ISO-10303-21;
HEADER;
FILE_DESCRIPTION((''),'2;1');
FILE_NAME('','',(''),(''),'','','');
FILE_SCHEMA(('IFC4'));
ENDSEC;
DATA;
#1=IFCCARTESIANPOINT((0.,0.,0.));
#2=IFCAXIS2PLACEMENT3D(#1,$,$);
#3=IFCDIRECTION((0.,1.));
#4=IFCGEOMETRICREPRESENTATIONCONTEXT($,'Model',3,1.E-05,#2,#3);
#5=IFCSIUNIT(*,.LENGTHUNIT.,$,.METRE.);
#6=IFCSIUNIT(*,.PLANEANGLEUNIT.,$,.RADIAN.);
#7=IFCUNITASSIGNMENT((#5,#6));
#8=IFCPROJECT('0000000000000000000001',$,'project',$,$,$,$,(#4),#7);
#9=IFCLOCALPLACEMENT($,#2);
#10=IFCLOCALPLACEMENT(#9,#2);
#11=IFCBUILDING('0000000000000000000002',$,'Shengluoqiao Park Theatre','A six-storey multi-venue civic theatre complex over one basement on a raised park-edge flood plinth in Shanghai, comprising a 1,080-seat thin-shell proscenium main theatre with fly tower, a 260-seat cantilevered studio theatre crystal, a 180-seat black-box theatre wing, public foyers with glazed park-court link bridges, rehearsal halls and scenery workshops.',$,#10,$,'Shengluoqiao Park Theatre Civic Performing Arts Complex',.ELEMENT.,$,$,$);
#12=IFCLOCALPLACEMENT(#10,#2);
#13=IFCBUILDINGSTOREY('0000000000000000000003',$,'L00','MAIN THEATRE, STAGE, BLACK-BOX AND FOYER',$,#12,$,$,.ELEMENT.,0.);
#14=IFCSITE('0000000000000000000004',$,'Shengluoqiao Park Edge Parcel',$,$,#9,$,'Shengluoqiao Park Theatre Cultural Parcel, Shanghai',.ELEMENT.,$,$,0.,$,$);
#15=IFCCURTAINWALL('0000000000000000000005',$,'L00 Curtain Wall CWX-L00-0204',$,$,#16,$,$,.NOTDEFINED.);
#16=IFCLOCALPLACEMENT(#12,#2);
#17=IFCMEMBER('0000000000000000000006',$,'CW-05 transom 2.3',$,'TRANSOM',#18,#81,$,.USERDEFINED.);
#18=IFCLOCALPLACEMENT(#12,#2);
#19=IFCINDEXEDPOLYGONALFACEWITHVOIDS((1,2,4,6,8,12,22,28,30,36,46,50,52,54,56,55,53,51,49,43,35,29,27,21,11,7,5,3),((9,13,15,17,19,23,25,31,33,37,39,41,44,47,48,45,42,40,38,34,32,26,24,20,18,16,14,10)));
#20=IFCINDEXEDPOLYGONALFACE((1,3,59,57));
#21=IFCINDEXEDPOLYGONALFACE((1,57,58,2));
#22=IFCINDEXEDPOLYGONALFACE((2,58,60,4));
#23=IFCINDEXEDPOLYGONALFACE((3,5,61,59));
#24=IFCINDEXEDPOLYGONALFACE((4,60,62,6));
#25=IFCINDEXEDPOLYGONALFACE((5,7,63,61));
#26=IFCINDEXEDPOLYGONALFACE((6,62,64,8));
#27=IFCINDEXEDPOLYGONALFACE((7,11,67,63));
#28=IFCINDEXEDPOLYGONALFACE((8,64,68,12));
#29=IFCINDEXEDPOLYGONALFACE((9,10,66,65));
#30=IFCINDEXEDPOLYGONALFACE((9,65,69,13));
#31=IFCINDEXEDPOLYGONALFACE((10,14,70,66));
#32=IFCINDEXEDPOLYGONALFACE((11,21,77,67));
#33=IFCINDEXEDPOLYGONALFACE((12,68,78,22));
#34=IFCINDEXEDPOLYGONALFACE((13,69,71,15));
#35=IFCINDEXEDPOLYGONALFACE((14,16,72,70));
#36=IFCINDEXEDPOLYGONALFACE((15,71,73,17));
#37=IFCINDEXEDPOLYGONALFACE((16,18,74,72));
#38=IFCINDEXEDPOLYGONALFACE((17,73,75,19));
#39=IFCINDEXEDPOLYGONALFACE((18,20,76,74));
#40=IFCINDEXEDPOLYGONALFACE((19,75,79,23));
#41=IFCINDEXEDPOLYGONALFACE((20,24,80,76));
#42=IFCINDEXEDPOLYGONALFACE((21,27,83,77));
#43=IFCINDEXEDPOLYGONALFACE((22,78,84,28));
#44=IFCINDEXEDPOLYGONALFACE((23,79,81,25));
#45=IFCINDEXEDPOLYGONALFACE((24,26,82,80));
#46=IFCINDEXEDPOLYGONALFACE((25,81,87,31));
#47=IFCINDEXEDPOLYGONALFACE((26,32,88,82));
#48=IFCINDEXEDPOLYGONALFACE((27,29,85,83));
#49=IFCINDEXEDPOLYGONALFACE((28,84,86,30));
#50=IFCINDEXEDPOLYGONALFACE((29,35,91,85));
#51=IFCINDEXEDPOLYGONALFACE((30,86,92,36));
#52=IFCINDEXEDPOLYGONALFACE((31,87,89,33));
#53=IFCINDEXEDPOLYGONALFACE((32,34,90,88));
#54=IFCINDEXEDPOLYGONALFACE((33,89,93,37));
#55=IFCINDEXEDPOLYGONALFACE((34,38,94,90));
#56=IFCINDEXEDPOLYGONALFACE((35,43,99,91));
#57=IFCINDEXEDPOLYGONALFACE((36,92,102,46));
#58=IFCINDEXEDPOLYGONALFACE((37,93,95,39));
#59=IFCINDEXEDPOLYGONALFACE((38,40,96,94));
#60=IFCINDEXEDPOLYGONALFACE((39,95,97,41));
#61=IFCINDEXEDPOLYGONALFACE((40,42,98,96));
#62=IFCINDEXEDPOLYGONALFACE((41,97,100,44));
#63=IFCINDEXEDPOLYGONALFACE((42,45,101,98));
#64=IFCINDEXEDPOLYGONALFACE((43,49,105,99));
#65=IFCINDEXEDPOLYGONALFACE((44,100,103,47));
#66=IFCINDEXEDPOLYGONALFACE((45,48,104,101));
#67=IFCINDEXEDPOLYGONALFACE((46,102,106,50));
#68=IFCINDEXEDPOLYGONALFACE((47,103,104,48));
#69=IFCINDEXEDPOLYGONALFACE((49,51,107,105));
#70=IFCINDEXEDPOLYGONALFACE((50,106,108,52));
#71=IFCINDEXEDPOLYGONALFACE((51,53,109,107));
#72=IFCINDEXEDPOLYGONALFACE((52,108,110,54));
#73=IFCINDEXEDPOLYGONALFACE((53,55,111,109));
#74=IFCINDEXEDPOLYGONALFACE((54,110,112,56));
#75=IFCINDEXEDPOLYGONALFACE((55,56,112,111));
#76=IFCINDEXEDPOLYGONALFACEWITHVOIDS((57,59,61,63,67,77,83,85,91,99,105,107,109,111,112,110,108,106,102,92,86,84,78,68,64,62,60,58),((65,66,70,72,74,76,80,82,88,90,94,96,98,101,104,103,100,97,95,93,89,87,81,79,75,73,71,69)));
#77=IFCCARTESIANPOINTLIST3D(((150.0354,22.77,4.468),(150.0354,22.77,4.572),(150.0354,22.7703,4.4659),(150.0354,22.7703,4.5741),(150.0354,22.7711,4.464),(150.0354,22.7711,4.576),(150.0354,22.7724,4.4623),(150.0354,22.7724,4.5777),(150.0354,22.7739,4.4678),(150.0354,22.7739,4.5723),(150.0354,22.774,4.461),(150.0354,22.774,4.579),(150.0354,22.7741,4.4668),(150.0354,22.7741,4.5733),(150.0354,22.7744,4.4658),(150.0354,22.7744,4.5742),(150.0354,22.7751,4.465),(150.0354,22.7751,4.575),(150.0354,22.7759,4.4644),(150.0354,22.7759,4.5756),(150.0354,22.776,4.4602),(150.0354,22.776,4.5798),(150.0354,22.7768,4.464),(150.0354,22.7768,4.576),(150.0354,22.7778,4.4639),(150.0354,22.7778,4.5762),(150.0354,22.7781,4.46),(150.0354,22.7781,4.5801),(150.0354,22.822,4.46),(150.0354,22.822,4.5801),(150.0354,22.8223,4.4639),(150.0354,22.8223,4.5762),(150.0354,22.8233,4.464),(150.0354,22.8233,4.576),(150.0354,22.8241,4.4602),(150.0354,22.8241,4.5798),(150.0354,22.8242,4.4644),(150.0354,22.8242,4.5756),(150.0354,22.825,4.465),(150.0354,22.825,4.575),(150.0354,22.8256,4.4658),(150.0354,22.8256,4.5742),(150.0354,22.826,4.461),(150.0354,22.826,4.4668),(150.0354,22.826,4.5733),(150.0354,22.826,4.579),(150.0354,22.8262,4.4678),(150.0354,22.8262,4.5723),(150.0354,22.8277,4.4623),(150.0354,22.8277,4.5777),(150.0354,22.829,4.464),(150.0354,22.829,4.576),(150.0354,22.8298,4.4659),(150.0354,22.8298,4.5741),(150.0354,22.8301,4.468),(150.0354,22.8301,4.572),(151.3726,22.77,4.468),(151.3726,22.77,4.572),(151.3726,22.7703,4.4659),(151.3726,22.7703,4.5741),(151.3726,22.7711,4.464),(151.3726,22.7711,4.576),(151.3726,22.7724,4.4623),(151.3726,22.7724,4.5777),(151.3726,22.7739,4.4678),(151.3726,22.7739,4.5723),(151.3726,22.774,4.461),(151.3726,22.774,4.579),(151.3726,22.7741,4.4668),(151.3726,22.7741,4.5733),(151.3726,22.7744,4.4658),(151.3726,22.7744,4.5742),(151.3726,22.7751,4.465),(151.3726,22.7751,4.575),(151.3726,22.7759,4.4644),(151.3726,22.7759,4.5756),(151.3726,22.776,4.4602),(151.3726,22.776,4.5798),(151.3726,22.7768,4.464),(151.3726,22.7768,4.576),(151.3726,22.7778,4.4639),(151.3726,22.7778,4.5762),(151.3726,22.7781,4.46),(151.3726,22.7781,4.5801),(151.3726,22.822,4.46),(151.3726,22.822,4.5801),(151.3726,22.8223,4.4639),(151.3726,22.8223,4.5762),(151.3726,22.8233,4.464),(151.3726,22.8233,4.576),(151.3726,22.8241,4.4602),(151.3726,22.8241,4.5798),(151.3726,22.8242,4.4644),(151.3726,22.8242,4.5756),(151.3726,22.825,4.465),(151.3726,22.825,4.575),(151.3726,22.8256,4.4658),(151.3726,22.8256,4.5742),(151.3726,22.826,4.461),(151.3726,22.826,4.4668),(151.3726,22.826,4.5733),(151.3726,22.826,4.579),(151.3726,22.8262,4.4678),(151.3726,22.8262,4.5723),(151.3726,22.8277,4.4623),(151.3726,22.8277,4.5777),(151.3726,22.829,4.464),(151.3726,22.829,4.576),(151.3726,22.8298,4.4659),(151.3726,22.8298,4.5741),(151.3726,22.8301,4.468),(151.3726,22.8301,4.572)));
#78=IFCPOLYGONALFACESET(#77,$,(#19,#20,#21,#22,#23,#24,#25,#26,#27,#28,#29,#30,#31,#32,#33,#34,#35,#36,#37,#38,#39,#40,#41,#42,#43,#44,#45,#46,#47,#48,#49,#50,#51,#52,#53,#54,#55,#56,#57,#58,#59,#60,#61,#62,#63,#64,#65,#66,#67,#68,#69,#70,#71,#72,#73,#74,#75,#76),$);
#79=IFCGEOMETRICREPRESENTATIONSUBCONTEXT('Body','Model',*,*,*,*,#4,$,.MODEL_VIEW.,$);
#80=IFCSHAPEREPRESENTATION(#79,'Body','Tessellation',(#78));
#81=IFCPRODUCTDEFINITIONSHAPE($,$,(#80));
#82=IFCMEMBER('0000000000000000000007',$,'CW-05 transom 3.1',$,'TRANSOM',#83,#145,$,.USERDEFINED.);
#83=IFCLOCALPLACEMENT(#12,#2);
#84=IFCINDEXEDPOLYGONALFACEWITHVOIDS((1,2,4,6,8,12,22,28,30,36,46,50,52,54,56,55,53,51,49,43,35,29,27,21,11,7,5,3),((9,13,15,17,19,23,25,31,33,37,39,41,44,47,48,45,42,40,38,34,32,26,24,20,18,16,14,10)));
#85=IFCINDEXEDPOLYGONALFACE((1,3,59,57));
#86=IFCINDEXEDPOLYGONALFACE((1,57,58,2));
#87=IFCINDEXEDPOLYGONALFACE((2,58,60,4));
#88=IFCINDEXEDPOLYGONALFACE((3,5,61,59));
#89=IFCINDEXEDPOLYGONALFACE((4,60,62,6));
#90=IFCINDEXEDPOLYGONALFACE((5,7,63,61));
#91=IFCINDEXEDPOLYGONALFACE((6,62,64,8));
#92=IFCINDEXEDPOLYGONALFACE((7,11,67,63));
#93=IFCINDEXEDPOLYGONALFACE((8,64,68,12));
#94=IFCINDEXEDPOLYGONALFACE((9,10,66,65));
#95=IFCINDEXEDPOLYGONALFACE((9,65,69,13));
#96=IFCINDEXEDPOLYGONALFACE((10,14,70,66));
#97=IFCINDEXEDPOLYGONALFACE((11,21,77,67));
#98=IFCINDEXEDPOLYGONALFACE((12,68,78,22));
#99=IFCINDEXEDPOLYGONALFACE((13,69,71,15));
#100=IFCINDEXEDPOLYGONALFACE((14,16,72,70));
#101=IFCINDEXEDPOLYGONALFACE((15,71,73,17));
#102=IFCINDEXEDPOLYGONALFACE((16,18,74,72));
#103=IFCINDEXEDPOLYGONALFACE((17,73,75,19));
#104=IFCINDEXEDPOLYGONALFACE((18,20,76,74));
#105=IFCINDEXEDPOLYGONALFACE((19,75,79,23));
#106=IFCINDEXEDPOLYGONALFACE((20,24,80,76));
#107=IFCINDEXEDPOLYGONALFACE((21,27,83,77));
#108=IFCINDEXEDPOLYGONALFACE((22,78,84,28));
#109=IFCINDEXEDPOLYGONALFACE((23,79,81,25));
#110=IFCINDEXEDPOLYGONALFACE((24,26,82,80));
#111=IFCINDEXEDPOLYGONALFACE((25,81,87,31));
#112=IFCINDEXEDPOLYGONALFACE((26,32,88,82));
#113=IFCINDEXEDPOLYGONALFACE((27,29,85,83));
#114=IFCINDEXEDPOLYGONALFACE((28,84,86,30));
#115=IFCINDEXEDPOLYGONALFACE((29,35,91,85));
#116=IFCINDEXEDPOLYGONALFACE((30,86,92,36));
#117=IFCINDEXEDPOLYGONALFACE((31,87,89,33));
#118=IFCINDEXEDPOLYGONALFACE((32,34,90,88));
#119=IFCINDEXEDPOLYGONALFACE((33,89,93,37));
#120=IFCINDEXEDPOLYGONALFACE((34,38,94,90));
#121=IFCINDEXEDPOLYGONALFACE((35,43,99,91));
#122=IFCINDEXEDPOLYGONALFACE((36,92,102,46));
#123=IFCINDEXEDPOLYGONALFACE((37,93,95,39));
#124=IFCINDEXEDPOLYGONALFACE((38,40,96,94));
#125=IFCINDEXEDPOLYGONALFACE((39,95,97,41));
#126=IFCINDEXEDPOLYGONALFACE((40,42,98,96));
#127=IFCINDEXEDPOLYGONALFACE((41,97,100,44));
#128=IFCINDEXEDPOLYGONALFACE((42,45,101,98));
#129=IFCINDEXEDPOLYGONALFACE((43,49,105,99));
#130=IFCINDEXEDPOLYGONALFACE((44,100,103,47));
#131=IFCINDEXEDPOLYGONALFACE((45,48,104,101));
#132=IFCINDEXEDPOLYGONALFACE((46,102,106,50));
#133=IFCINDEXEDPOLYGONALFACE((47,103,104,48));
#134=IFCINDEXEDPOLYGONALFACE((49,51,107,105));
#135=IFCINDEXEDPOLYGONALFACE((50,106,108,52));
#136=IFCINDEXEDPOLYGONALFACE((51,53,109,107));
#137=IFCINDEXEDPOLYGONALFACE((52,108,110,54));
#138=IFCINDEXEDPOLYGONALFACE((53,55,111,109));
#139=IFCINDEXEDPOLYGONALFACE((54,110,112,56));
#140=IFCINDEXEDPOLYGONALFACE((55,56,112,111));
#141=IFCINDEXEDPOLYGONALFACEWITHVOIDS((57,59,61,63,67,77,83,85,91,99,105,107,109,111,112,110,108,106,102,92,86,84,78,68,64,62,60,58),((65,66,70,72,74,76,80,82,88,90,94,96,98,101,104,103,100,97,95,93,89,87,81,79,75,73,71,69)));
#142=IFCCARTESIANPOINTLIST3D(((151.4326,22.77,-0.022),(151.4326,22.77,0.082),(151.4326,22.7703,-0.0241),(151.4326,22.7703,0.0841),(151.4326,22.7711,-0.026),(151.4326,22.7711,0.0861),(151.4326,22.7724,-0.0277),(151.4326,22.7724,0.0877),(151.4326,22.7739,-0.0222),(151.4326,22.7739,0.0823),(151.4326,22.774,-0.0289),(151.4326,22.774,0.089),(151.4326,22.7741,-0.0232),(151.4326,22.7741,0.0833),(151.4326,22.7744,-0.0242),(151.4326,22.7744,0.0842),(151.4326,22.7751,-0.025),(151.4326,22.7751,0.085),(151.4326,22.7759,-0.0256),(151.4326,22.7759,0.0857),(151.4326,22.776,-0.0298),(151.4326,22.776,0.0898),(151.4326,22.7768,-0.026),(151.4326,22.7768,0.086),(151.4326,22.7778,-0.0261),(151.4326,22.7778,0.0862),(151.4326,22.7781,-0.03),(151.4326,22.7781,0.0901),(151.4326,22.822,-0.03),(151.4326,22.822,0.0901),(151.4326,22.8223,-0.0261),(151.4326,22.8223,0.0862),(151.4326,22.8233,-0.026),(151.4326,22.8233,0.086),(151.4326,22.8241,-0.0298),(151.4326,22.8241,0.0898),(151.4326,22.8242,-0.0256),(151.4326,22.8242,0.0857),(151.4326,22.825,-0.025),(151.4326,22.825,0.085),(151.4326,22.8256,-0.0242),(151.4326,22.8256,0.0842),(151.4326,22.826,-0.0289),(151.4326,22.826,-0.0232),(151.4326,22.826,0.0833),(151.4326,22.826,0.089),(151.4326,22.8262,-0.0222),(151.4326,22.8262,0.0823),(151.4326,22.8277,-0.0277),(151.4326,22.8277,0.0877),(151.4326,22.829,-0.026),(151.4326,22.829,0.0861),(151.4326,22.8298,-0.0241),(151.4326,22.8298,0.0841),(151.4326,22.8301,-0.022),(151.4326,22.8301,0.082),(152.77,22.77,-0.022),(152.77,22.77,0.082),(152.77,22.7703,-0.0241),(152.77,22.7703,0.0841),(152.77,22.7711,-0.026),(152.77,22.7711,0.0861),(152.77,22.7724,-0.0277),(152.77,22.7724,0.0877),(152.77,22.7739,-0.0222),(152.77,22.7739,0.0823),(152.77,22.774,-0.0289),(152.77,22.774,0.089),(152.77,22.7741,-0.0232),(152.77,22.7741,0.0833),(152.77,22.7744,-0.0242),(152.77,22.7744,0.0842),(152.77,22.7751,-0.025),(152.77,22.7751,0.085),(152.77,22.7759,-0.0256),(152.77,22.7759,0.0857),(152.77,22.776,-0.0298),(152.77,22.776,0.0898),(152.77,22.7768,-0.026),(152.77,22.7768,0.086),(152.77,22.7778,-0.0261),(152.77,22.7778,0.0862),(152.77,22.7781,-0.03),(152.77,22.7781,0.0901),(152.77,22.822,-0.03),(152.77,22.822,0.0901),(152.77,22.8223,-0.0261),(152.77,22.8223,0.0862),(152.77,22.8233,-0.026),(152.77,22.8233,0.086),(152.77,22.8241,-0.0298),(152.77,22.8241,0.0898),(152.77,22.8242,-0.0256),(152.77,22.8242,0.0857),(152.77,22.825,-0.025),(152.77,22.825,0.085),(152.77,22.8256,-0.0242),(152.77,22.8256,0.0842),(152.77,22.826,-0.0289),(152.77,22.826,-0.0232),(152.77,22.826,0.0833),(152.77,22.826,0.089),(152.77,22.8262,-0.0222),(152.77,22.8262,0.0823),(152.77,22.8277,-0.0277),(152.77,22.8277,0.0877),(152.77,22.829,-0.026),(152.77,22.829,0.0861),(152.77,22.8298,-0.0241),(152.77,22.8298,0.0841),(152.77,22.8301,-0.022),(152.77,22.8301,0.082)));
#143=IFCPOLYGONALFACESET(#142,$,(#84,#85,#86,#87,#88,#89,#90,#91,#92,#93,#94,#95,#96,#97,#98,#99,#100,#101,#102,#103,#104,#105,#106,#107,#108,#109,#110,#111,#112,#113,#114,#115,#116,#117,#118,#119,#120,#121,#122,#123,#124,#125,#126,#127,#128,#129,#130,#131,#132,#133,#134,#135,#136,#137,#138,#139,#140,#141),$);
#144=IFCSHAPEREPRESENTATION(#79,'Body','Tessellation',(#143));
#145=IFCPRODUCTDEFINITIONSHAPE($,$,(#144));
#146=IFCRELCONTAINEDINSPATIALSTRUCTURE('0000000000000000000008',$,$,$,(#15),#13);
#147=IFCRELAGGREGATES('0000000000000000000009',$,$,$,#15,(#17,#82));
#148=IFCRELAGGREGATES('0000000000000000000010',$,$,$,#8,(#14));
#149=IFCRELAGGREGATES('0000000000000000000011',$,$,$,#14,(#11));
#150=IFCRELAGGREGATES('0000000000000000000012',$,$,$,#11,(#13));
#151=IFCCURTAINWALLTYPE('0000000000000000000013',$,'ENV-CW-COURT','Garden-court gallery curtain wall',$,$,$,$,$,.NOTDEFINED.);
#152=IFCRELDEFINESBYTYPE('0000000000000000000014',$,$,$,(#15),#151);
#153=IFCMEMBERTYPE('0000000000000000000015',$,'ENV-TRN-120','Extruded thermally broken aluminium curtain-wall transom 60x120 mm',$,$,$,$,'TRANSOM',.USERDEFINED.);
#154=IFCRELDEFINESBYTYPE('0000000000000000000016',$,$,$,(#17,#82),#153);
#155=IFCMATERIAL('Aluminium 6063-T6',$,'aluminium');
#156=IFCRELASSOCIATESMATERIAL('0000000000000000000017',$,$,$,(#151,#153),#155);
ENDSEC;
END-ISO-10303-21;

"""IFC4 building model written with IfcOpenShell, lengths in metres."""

from ifc_helpers import new_model, si_unit, direction, frame, origin, origin_2d, place, context, subcontext, project, spatial, hollow_rectangle, extrude, material, material_profile, profile_set, type_object, element, aggregate, save


model = new_model("IFC4")

# Units and contexts
model_context = context("Model", 3, precision=1e-05, world=origin(), true_north=direction((0.0, 1.0)))
body_context = subcontext(model_context, "Body", "Model", "MODEL_VIEW")
ifc_project = project(units=[si_unit("LENGTHUNIT", "METRE"), si_unit("PLANEANGLEUNIT", "RADIAN")], contexts=[model_context])

# Site, building, storey
site_placement = place(None, origin())
site = spatial("IfcSite", under=ifc_project, at=site_placement, Name="Shengluoqiao Park Edge Parcel", LongName="Shengluoqiao Park Theatre Cultural Parcel, Shanghai", CompositionType="ELEMENT", RefElevation=0.0)
building_placement = place(site_placement, origin())
building = spatial("IfcBuilding", under=site, at=building_placement, Name="Shengluoqiao Park Theatre", Description="A six-storey multi-venue civic theatre complex over one basement on a raised park-edge flood plinth in Shanghai, comprising a 1,080-seat thin-shell proscenium main theatre with fly tower, a 260-seat cantilevered studio theatre crystal, a 180-seat black-box theatre wing, public foyers with glazed park-court link bridges, rehearsal halls and scenery workshops.", LongName="Shengluoqiao Park Theatre Civic Performing Arts Complex", CompositionType="ELEMENT")
storey_placement = place(building_placement, origin())
storey = spatial("IfcBuildingStorey", under=building, at=storey_placement, Name="L00", Description="MAIN THEATRE, STAGE, BLACK-BOX AND FOYER", CompositionType="ELEMENT", Elevation=0.0)

# Curtain wall, members
ifc_material_1 = material(Name="Aluminium 6063-T6", Category="aluminium")
curtain_wall_type = type_object("IfcCurtainWallType", Name="ENV-CW-COURT", Description="Garden-court gallery curtain wall", PredefinedType="NOTDEFINED", material=ifc_material_1)
curtain_wall_placement = place(storey_placement, origin())
curtain_wall = element("IfcCurtainWall", 1, at=curtain_wall_placement, inside=storey, type_object=curtain_wall_type, Name="L00 Curtain Wall CWX-L00-0204", PredefinedType="NOTDEFINED")
ifc_material_profile_1 = material_profile(ifc_material_1, hollow_rectangle(XDim=0.0601, YDim=0.1201, WallThickness=0.0039, InnerFilletRadius=0.0039, OuterFilletRadius=0.0081, at=origin_2d()), Name="ALU TRANSOM 120x60x4")
ifc_profile_set_1 = profile_set([ifc_material_profile_1], Name="Aluminium 6063-T6")
member_type_1 = type_object("IfcMemberType", Name="ENV-TRN-120", Description="Extruded thermally broken aluminium curtain-wall transom 60x120 mm", ElementType="TRANSOM", PredefinedType="USERDEFINED", material=ifc_profile_set_1)
member_1_placement = place(storey_placement, frame((150.0354, 22.8, 4.52), z_axis=(1.0, 0.0, 0.0), x_axis=(0.0, 1.0, 0.0)))
member_1 = element("IfcMember", 2, at=member_1_placement, type_object=member_type_1, Name="CW-05 transom 2.3", ObjectType="TRANSOM", PredefinedType="USERDEFINED", context=body_context, shape_type="SweptSolid", body=[
    extrude(hollow_rectangle(XDim=0.0601, YDim=0.1201, WallThickness=0.0039, InnerFilletRadius=0.0039, OuterFilletRadius=0.0081, at=origin_2d()), origin(), (0.0, 0.0, 1.0), 1.3372),
])
member_2_placement = place(storey_placement, frame((151.4326, 22.8, 0.03), z_axis=(1.0, 0.0, 0.0), x_axis=(0.0, 1.0, 0.0)))
member_2 = element("IfcMember", 3, at=member_2_placement, type_object=member_type_1, Name="CW-05 transom 3.1", ObjectType="TRANSOM", PredefinedType="USERDEFINED", context=body_context, shape_type="SweptSolid", body=[
    extrude(hollow_rectangle(XDim=0.0601, YDim=0.1201, WallThickness=0.0039, InnerFilletRadius=0.0039, OuterFilletRadius=0.0081, at=origin_2d()), origin(), (0.0, 0.0, 1.0), 1.3374),
])
aggregate(curtain_wall, [member_1, member_2])

save(model, "model.ifc")
